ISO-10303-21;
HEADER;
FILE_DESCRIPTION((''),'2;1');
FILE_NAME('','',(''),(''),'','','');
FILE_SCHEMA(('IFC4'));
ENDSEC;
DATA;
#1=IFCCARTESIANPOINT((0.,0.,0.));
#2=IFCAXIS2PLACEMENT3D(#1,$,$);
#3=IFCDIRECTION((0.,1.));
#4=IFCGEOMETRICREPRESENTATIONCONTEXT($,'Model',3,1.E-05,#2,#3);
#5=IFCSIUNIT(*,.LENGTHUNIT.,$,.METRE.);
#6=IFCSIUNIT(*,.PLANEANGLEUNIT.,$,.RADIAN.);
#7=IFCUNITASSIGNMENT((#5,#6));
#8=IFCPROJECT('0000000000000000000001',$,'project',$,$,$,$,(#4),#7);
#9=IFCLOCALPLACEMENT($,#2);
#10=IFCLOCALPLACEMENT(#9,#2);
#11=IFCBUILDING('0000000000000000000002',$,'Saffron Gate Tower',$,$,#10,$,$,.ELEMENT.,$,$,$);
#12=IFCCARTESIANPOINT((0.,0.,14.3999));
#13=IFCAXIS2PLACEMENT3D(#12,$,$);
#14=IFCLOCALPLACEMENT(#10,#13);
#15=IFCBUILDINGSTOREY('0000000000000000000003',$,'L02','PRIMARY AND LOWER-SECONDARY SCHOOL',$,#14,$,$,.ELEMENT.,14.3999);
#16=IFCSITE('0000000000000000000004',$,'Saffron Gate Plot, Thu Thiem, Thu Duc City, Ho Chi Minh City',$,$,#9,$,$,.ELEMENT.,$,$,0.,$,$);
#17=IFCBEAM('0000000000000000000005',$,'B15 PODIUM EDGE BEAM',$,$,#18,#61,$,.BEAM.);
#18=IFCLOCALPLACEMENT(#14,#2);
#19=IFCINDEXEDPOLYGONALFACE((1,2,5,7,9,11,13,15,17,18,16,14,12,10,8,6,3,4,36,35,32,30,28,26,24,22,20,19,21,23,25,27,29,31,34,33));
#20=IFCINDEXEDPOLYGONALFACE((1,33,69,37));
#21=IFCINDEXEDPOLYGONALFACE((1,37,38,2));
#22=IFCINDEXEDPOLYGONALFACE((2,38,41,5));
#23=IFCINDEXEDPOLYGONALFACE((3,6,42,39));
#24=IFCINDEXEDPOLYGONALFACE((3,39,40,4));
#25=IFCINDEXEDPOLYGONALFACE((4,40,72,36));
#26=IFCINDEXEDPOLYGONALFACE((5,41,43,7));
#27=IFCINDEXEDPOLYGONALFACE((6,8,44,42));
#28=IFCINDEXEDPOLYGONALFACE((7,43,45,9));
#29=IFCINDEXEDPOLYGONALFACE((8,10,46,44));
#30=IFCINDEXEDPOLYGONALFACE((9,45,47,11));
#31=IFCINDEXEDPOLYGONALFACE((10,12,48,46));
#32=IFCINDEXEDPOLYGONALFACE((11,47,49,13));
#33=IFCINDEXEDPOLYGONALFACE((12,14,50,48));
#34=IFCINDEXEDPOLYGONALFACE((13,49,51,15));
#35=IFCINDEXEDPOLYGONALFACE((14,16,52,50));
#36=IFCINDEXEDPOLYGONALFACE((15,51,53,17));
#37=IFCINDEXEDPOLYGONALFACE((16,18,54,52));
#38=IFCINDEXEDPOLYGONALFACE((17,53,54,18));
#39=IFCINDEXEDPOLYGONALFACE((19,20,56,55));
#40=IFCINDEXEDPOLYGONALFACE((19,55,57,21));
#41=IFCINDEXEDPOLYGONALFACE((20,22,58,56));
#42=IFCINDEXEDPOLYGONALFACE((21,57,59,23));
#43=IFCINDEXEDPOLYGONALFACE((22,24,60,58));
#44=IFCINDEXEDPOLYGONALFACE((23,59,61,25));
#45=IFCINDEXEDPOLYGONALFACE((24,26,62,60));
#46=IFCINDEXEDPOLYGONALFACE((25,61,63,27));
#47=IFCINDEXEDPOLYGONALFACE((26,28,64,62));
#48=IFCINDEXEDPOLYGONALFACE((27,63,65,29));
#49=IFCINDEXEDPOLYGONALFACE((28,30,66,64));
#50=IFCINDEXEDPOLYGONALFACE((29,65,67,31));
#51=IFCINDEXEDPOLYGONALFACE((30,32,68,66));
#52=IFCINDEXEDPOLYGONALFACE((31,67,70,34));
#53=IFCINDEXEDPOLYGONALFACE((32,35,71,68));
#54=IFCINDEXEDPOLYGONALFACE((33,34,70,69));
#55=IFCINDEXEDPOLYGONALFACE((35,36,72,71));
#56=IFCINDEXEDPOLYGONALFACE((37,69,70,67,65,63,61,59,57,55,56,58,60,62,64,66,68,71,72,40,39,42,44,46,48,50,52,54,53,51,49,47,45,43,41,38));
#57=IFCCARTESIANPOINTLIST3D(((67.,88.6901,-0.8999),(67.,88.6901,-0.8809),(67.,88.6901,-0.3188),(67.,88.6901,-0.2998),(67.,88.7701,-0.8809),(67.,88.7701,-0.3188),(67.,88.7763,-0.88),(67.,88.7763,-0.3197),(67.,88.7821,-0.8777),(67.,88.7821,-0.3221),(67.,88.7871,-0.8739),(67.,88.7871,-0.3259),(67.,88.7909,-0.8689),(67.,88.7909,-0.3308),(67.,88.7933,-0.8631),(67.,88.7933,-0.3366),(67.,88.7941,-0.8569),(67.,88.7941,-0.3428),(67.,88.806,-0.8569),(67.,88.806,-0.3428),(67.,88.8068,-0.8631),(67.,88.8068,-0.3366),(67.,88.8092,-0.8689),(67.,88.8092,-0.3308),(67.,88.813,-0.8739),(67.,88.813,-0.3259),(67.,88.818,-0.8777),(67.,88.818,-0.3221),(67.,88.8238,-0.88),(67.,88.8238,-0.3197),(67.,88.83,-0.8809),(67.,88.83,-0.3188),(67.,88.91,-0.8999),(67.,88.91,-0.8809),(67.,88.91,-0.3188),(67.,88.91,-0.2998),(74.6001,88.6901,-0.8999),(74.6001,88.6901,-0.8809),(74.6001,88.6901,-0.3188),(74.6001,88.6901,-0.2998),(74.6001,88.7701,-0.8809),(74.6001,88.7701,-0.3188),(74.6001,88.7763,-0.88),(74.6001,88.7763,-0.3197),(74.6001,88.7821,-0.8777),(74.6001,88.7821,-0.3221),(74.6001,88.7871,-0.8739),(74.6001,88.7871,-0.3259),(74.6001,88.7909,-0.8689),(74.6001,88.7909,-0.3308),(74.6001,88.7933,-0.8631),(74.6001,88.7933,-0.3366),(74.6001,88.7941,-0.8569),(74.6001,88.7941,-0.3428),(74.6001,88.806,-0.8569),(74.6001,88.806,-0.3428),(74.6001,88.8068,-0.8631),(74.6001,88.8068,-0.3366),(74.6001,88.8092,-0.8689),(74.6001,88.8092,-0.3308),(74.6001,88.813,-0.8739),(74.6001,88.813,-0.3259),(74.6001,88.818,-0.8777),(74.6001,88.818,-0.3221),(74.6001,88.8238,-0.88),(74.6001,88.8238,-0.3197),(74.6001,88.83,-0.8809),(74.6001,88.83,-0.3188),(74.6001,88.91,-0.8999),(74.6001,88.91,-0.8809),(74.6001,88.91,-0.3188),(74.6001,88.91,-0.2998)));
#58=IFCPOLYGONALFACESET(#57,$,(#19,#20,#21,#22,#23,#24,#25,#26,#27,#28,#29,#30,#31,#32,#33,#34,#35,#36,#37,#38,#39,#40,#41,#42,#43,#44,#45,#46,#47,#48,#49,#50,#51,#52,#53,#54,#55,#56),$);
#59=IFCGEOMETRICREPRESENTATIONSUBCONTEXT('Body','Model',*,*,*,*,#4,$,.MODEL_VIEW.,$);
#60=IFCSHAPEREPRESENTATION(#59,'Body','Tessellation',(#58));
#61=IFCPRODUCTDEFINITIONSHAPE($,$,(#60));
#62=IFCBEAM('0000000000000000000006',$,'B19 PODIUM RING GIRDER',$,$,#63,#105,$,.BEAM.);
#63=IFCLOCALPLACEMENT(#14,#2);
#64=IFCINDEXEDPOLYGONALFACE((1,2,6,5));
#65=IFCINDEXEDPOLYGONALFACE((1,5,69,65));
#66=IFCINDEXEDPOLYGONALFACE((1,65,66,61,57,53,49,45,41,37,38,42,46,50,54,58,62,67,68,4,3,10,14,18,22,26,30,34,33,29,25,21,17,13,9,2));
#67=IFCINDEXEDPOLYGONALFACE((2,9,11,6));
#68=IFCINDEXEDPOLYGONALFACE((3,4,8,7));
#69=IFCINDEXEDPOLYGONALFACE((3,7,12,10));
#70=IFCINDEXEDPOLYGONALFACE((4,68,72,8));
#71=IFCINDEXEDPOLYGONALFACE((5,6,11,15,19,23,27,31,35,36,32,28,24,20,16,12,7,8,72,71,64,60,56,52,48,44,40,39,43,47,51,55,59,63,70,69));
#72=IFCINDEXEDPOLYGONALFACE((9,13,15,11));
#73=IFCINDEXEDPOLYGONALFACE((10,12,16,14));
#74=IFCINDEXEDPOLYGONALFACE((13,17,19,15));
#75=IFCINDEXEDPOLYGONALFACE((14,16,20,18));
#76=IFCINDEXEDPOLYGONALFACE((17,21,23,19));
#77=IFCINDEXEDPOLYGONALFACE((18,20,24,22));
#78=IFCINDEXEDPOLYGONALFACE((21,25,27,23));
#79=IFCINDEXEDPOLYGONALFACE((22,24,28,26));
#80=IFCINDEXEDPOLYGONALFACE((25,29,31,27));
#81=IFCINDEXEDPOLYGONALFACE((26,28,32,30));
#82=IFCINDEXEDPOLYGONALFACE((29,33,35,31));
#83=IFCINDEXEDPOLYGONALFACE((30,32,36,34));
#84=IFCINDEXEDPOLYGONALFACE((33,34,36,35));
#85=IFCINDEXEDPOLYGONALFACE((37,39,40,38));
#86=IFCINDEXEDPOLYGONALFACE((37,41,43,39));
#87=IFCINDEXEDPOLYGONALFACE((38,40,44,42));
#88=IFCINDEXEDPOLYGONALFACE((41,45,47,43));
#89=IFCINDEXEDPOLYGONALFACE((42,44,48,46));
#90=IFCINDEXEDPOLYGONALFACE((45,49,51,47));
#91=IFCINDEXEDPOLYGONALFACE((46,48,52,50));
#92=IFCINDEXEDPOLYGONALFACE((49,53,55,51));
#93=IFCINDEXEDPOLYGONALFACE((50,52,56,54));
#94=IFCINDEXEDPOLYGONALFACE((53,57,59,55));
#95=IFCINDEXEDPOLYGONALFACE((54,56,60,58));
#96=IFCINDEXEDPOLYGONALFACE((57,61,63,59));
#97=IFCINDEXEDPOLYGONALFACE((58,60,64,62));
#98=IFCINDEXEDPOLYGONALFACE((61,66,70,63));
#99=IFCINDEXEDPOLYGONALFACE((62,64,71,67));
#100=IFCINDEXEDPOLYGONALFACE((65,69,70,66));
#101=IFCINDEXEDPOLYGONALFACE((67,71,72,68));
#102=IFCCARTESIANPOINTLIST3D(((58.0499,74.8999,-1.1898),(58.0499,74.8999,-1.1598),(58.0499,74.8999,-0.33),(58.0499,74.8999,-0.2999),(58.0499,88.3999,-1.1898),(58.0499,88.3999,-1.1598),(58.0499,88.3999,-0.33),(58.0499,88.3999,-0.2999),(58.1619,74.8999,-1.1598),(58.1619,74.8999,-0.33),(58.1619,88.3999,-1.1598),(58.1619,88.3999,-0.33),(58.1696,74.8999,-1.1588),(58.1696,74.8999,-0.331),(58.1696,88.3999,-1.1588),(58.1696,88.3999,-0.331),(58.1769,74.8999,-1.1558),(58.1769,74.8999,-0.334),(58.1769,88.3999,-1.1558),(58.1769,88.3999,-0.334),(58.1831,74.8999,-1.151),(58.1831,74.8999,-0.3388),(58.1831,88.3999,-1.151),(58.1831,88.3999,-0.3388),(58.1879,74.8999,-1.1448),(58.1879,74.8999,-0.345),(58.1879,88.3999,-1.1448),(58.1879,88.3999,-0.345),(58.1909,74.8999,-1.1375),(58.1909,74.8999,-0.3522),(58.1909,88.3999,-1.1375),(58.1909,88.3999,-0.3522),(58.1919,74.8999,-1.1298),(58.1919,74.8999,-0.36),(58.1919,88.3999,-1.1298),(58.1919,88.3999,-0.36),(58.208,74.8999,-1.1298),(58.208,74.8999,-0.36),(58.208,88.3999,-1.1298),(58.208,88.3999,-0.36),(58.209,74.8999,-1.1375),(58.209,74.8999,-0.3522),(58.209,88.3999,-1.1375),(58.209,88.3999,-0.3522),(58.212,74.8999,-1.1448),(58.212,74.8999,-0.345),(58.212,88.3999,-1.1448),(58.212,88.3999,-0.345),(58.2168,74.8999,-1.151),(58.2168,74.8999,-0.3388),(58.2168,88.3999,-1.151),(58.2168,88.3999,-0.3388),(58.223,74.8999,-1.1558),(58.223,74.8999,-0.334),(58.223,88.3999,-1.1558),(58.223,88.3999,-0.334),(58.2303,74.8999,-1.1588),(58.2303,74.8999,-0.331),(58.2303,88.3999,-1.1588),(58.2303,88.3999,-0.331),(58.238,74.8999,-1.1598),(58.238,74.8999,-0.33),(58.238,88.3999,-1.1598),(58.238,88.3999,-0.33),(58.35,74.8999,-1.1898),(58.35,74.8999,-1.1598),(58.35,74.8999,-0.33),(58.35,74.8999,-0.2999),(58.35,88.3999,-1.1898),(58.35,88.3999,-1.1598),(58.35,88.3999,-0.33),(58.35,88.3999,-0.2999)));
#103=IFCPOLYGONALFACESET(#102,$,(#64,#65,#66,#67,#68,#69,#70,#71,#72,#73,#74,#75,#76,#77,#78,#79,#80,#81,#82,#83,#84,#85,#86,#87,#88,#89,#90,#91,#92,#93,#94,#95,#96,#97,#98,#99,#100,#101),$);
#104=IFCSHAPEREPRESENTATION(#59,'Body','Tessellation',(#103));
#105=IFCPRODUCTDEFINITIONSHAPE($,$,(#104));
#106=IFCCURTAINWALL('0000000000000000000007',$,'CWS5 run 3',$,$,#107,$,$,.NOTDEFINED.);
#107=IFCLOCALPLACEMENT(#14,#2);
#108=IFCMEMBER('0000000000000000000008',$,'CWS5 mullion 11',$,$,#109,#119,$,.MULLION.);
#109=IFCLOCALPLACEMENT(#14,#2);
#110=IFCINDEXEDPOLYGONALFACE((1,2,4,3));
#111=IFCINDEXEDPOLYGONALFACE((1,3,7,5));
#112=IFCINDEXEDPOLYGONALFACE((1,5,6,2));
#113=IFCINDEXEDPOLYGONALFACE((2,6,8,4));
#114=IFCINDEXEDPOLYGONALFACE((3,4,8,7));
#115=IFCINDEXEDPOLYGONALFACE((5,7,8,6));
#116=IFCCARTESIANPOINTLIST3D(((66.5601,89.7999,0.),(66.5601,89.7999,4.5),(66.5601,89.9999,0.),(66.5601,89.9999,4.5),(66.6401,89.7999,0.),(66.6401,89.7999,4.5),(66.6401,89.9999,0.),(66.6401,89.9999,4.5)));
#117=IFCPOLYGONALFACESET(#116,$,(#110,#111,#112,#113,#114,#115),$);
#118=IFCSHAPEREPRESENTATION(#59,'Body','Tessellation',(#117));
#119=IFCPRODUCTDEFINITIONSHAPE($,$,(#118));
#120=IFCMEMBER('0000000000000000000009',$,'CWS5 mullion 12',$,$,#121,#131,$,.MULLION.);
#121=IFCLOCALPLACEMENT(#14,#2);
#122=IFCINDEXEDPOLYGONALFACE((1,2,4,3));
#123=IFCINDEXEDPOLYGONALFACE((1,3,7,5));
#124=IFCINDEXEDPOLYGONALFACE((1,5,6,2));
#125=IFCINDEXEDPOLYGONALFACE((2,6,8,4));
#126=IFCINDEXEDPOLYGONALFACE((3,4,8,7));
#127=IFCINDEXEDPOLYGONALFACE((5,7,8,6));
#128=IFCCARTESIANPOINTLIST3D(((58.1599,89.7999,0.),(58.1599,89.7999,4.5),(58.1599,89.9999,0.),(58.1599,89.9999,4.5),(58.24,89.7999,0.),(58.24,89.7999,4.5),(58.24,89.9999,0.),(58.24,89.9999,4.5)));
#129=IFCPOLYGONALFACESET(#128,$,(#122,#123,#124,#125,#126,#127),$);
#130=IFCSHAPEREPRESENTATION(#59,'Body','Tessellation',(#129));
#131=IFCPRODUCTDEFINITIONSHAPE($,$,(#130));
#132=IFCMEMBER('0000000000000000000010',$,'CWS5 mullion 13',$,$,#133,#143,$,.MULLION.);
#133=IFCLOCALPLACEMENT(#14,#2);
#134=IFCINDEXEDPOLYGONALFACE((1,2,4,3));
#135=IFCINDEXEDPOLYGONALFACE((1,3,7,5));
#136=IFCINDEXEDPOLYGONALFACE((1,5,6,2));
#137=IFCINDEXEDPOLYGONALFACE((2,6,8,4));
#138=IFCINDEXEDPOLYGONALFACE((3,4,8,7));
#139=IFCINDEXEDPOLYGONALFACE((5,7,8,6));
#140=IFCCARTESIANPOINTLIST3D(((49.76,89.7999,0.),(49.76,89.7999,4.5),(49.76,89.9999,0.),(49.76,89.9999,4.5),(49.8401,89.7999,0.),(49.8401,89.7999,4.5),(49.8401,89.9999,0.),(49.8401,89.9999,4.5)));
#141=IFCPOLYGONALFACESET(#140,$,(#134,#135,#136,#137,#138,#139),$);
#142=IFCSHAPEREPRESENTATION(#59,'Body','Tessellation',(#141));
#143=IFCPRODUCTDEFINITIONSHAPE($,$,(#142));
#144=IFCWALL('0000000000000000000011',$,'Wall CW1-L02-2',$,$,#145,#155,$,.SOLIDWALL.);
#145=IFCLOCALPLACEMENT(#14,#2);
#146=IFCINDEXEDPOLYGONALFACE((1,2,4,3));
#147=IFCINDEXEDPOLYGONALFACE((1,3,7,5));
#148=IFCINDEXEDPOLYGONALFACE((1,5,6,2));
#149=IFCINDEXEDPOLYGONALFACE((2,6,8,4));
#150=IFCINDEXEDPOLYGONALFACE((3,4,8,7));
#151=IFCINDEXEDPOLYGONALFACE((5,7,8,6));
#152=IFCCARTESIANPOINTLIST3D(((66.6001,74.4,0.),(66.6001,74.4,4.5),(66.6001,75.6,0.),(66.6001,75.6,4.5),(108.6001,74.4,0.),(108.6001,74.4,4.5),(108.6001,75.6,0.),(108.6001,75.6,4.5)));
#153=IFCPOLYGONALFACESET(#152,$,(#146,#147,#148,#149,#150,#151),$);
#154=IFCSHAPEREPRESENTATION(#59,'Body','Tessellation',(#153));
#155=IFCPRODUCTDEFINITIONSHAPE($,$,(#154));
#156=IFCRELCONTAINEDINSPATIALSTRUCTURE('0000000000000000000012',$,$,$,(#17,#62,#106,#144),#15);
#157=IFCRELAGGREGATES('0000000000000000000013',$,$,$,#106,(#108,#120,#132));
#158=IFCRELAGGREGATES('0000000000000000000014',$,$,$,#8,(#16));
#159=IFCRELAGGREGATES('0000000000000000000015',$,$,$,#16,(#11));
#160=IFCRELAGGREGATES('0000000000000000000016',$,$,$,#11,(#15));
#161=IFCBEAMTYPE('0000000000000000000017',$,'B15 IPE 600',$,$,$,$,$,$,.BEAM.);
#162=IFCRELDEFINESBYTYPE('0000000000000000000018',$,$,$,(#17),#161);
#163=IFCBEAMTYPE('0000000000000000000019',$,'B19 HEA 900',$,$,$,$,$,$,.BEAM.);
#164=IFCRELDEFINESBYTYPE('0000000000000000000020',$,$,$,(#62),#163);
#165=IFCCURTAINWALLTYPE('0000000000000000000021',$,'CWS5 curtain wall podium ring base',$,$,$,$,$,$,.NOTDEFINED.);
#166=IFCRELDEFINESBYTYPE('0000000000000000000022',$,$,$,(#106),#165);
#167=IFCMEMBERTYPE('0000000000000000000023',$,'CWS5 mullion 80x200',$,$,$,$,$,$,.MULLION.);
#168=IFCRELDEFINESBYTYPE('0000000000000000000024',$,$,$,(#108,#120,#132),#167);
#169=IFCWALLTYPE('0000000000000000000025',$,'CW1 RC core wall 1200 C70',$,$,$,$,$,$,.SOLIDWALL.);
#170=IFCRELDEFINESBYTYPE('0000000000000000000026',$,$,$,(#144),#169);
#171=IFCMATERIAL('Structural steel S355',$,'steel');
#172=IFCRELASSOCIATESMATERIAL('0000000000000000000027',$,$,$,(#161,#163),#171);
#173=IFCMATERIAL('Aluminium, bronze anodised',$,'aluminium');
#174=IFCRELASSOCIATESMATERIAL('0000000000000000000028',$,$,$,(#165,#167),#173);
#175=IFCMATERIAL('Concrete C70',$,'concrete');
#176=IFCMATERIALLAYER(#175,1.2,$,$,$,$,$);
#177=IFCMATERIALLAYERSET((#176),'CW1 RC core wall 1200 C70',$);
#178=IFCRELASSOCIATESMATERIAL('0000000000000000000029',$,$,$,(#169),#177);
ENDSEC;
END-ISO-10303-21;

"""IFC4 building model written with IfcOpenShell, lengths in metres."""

from ifc_helpers import new_model, si_unit, direction, frame, frame_2d, origin, origin_2d, place, context, subcontext, project, spatial, rectangle, i_section, extrude, material, layer, layer_set, material_profile, profile_set, type_object, element, aggregate, save


model = new_model("IFC4")

# Units and contexts
model_context = context("Model", 3, precision=1e-05, world=origin(), true_north=direction((0.0, 1.0)))
body_context = subcontext(model_context, "Body", "Model", "MODEL_VIEW")
ifc_project = project(units=[si_unit("LENGTHUNIT", "METRE"), si_unit("PLANEANGLEUNIT", "RADIAN")], contexts=[model_context])

# Site, building, storey
site_placement = place(None, origin())
site = spatial("IfcSite", under=ifc_project, at=site_placement, Name="Saffron Gate Plot, Thu Thiem, Thu Duc City, Ho Chi Minh City", CompositionType="ELEMENT", RefElevation=0.0)
building_placement = place(site_placement, origin())
building = spatial("IfcBuilding", under=site, at=building_placement, Name="Saffron Gate Tower", CompositionType="ELEMENT")
storey_placement = place(building_placement, frame((0.0, 0.0, 14.3999)))
storey = spatial("IfcBuildingStorey", under=building, at=storey_placement, Name="L02", Description="PRIMARY AND LOWER-SECONDARY SCHOOL", CompositionType="ELEMENT", Elevation=14.3999)

# Beams
ifc_material_1 = material(Name="Structural steel S355", Category="steel")
ifc_material_profile_1 = material_profile(ifc_material_1, i_section(OverallWidth=0.22, OverallDepth=0.6001, WebThickness=0.012, FlangeThickness=0.019, FilletRadius=0.0239, at=origin_2d()))
ifc_profile_set_1 = profile_set([ifc_material_profile_1], Name="Structural steel S355")
beam_type_1 = type_object("IfcBeamType", Name="B15 IPE 600", PredefinedType="BEAM", material=ifc_profile_set_1)
beam_1_placement = place(storey_placement, frame((67.0, 88.8, -0.5999), z_axis=(1.0, 0.0, 0.0), x_axis=(0.0, 1.0, 0.0)))
element("IfcBeam", 1, at=beam_1_placement, inside=storey, type_object=beam_type_1, Name="B15 PODIUM EDGE BEAM", PredefinedType="BEAM", context=body_context, shape_type="SweptSolid", body=[
    extrude(i_section(OverallWidth=0.22, OverallDepth=0.6001, WebThickness=0.012, FlangeThickness=0.019, FilletRadius=0.0239, at=origin_2d()), origin(), (0.0, 0.0, 1.0), 7.6001),
])
ifc_material_profile_2 = material_profile(ifc_material_1, i_section(OverallWidth=0.3, OverallDepth=0.8899, WebThickness=0.0161, FlangeThickness=0.03, FilletRadius=0.03, at=origin_2d()))
ifc_profile_set_2 = profile_set([ifc_material_profile_2], Name="Structural steel S355")
beam_type_2 = type_object("IfcBeamType", Name="B19 HEA 900", PredefinedType="BEAM", material=ifc_profile_set_2)
beam_2_placement = place(storey_placement, frame((58.2, 88.3999, -0.7449), z_axis=(0.0, -1.0, 0.0), x_axis=(1.0, 0.0, 0.0)))
element("IfcBeam", 2, at=beam_2_placement, inside=storey, type_object=beam_type_2, Name="B19 PODIUM RING GIRDER", PredefinedType="BEAM", context=body_context, shape_type="SweptSolid", body=[
    extrude(i_section(OverallWidth=0.3, OverallDepth=0.8899, WebThickness=0.0161, FlangeThickness=0.03, FilletRadius=0.03, at=origin_2d()), origin(), (0.0, 0.0, 1.0), 13.5),
])

# Curtain wall, members
ifc_material_2 = material(Name="Aluminium, bronze anodised", Category="aluminium")
curtain_wall_type = type_object("IfcCurtainWallType", Name="CWS5 curtain wall podium ring base", PredefinedType="NOTDEFINED", material=ifc_material_2)
curtain_wall_placement = place(storey_placement, origin())
curtain_wall = element("IfcCurtainWall", 3, at=curtain_wall_placement, inside=storey, type_object=curtain_wall_type, Name="CWS5 run 3", PredefinedType="NOTDEFINED")
ifc_material_profile_3 = material_profile(ifc_material_2, rectangle(XDim=0.2, YDim=0.0801, at=origin_2d()))
ifc_profile_set_3 = profile_set([ifc_material_profile_3], Name="Aluminium, bronze anodised")
member_type = type_object("IfcMemberType", Name="CWS5 mullion 80x200", PredefinedType="MULLION", material=ifc_profile_set_3)
member_1_placement = place(storey_placement, frame((66.6001, 89.8999, 0.0), z_axis=(0.0, 0.0, 1.0), x_axis=(0.0, -1.0, 0.0)))
member_1 = element("IfcMember", 4, at=member_1_placement, type_object=member_type, Name="CWS5 mullion 11", PredefinedType="MULLION", context=body_context, shape_type="SweptSolid", body=[
    extrude(rectangle(XDim=0.2, YDim=0.0801, at=origin_2d()), origin(), (0.0, 0.0, 1.0), 4.5),
])
member_2_placement = place(storey_placement, frame((58.2, 89.8999, 0.0), z_axis=(0.0, 0.0, 1.0), x_axis=(0.0, -1.0, 0.0)))
member_2 = element("IfcMember", 5, at=member_2_placement, type_object=member_type, Name="CWS5 mullion 12", PredefinedType="MULLION", context=body_context, shape_type="SweptSolid", body=[
    extrude(rectangle(XDim=0.2, YDim=0.0801, at=origin_2d()), origin(), (0.0, 0.0, 1.0), 4.5),
])
member_3_placement = place(storey_placement, frame((49.8, 89.8999, 0.0), z_axis=(0.0, 0.0, 1.0), x_axis=(0.0, -1.0, 0.0)))
member_3 = element("IfcMember", 6, at=member_3_placement, type_object=member_type, Name="CWS5 mullion 13", PredefinedType="MULLION", context=body_context, shape_type="SweptSolid", body=[
    extrude(rectangle(XDim=0.2, YDim=0.0801, at=origin_2d()), origin(), (0.0, 0.0, 1.0), 4.5),
])
aggregate(curtain_wall, [member_1, member_2, member_3])

# Wall
ifc_material_3 = material(Name="Concrete C70", Category="concrete")
ifc_layer_1 = layer(ifc_material_3, 1.2)
ifc_layer_set_1 = layer_set([ifc_layer_1], Name="CW1 RC core wall 1200 C70")
wall_type_1 = type_object("IfcWallType", Name="CW1 RC core wall 1200 C70", PredefinedType="SOLIDWALL", material=ifc_layer_set_1)
wall_1_placement = place(storey_placement, frame((66.6001, 75.0, 0.0), z_axis=(0.0, 0.0, 1.0), x_axis=(1.0, 0.0, 0.0)))
element("IfcWall", 7, at=wall_1_placement, inside=storey, type_object=wall_type_1, Name="Wall CW1-L02-2", PredefinedType="SOLIDWALL", context=body_context, shape_type="SweptSolid", body=[
    extrude(rectangle(XDim=42.0, YDim=1.2, at=frame_2d((21.0, 0.0))), origin(), (0.0, 0.0, 1.0), 4.5),
])

save(model, "model.ifc")
